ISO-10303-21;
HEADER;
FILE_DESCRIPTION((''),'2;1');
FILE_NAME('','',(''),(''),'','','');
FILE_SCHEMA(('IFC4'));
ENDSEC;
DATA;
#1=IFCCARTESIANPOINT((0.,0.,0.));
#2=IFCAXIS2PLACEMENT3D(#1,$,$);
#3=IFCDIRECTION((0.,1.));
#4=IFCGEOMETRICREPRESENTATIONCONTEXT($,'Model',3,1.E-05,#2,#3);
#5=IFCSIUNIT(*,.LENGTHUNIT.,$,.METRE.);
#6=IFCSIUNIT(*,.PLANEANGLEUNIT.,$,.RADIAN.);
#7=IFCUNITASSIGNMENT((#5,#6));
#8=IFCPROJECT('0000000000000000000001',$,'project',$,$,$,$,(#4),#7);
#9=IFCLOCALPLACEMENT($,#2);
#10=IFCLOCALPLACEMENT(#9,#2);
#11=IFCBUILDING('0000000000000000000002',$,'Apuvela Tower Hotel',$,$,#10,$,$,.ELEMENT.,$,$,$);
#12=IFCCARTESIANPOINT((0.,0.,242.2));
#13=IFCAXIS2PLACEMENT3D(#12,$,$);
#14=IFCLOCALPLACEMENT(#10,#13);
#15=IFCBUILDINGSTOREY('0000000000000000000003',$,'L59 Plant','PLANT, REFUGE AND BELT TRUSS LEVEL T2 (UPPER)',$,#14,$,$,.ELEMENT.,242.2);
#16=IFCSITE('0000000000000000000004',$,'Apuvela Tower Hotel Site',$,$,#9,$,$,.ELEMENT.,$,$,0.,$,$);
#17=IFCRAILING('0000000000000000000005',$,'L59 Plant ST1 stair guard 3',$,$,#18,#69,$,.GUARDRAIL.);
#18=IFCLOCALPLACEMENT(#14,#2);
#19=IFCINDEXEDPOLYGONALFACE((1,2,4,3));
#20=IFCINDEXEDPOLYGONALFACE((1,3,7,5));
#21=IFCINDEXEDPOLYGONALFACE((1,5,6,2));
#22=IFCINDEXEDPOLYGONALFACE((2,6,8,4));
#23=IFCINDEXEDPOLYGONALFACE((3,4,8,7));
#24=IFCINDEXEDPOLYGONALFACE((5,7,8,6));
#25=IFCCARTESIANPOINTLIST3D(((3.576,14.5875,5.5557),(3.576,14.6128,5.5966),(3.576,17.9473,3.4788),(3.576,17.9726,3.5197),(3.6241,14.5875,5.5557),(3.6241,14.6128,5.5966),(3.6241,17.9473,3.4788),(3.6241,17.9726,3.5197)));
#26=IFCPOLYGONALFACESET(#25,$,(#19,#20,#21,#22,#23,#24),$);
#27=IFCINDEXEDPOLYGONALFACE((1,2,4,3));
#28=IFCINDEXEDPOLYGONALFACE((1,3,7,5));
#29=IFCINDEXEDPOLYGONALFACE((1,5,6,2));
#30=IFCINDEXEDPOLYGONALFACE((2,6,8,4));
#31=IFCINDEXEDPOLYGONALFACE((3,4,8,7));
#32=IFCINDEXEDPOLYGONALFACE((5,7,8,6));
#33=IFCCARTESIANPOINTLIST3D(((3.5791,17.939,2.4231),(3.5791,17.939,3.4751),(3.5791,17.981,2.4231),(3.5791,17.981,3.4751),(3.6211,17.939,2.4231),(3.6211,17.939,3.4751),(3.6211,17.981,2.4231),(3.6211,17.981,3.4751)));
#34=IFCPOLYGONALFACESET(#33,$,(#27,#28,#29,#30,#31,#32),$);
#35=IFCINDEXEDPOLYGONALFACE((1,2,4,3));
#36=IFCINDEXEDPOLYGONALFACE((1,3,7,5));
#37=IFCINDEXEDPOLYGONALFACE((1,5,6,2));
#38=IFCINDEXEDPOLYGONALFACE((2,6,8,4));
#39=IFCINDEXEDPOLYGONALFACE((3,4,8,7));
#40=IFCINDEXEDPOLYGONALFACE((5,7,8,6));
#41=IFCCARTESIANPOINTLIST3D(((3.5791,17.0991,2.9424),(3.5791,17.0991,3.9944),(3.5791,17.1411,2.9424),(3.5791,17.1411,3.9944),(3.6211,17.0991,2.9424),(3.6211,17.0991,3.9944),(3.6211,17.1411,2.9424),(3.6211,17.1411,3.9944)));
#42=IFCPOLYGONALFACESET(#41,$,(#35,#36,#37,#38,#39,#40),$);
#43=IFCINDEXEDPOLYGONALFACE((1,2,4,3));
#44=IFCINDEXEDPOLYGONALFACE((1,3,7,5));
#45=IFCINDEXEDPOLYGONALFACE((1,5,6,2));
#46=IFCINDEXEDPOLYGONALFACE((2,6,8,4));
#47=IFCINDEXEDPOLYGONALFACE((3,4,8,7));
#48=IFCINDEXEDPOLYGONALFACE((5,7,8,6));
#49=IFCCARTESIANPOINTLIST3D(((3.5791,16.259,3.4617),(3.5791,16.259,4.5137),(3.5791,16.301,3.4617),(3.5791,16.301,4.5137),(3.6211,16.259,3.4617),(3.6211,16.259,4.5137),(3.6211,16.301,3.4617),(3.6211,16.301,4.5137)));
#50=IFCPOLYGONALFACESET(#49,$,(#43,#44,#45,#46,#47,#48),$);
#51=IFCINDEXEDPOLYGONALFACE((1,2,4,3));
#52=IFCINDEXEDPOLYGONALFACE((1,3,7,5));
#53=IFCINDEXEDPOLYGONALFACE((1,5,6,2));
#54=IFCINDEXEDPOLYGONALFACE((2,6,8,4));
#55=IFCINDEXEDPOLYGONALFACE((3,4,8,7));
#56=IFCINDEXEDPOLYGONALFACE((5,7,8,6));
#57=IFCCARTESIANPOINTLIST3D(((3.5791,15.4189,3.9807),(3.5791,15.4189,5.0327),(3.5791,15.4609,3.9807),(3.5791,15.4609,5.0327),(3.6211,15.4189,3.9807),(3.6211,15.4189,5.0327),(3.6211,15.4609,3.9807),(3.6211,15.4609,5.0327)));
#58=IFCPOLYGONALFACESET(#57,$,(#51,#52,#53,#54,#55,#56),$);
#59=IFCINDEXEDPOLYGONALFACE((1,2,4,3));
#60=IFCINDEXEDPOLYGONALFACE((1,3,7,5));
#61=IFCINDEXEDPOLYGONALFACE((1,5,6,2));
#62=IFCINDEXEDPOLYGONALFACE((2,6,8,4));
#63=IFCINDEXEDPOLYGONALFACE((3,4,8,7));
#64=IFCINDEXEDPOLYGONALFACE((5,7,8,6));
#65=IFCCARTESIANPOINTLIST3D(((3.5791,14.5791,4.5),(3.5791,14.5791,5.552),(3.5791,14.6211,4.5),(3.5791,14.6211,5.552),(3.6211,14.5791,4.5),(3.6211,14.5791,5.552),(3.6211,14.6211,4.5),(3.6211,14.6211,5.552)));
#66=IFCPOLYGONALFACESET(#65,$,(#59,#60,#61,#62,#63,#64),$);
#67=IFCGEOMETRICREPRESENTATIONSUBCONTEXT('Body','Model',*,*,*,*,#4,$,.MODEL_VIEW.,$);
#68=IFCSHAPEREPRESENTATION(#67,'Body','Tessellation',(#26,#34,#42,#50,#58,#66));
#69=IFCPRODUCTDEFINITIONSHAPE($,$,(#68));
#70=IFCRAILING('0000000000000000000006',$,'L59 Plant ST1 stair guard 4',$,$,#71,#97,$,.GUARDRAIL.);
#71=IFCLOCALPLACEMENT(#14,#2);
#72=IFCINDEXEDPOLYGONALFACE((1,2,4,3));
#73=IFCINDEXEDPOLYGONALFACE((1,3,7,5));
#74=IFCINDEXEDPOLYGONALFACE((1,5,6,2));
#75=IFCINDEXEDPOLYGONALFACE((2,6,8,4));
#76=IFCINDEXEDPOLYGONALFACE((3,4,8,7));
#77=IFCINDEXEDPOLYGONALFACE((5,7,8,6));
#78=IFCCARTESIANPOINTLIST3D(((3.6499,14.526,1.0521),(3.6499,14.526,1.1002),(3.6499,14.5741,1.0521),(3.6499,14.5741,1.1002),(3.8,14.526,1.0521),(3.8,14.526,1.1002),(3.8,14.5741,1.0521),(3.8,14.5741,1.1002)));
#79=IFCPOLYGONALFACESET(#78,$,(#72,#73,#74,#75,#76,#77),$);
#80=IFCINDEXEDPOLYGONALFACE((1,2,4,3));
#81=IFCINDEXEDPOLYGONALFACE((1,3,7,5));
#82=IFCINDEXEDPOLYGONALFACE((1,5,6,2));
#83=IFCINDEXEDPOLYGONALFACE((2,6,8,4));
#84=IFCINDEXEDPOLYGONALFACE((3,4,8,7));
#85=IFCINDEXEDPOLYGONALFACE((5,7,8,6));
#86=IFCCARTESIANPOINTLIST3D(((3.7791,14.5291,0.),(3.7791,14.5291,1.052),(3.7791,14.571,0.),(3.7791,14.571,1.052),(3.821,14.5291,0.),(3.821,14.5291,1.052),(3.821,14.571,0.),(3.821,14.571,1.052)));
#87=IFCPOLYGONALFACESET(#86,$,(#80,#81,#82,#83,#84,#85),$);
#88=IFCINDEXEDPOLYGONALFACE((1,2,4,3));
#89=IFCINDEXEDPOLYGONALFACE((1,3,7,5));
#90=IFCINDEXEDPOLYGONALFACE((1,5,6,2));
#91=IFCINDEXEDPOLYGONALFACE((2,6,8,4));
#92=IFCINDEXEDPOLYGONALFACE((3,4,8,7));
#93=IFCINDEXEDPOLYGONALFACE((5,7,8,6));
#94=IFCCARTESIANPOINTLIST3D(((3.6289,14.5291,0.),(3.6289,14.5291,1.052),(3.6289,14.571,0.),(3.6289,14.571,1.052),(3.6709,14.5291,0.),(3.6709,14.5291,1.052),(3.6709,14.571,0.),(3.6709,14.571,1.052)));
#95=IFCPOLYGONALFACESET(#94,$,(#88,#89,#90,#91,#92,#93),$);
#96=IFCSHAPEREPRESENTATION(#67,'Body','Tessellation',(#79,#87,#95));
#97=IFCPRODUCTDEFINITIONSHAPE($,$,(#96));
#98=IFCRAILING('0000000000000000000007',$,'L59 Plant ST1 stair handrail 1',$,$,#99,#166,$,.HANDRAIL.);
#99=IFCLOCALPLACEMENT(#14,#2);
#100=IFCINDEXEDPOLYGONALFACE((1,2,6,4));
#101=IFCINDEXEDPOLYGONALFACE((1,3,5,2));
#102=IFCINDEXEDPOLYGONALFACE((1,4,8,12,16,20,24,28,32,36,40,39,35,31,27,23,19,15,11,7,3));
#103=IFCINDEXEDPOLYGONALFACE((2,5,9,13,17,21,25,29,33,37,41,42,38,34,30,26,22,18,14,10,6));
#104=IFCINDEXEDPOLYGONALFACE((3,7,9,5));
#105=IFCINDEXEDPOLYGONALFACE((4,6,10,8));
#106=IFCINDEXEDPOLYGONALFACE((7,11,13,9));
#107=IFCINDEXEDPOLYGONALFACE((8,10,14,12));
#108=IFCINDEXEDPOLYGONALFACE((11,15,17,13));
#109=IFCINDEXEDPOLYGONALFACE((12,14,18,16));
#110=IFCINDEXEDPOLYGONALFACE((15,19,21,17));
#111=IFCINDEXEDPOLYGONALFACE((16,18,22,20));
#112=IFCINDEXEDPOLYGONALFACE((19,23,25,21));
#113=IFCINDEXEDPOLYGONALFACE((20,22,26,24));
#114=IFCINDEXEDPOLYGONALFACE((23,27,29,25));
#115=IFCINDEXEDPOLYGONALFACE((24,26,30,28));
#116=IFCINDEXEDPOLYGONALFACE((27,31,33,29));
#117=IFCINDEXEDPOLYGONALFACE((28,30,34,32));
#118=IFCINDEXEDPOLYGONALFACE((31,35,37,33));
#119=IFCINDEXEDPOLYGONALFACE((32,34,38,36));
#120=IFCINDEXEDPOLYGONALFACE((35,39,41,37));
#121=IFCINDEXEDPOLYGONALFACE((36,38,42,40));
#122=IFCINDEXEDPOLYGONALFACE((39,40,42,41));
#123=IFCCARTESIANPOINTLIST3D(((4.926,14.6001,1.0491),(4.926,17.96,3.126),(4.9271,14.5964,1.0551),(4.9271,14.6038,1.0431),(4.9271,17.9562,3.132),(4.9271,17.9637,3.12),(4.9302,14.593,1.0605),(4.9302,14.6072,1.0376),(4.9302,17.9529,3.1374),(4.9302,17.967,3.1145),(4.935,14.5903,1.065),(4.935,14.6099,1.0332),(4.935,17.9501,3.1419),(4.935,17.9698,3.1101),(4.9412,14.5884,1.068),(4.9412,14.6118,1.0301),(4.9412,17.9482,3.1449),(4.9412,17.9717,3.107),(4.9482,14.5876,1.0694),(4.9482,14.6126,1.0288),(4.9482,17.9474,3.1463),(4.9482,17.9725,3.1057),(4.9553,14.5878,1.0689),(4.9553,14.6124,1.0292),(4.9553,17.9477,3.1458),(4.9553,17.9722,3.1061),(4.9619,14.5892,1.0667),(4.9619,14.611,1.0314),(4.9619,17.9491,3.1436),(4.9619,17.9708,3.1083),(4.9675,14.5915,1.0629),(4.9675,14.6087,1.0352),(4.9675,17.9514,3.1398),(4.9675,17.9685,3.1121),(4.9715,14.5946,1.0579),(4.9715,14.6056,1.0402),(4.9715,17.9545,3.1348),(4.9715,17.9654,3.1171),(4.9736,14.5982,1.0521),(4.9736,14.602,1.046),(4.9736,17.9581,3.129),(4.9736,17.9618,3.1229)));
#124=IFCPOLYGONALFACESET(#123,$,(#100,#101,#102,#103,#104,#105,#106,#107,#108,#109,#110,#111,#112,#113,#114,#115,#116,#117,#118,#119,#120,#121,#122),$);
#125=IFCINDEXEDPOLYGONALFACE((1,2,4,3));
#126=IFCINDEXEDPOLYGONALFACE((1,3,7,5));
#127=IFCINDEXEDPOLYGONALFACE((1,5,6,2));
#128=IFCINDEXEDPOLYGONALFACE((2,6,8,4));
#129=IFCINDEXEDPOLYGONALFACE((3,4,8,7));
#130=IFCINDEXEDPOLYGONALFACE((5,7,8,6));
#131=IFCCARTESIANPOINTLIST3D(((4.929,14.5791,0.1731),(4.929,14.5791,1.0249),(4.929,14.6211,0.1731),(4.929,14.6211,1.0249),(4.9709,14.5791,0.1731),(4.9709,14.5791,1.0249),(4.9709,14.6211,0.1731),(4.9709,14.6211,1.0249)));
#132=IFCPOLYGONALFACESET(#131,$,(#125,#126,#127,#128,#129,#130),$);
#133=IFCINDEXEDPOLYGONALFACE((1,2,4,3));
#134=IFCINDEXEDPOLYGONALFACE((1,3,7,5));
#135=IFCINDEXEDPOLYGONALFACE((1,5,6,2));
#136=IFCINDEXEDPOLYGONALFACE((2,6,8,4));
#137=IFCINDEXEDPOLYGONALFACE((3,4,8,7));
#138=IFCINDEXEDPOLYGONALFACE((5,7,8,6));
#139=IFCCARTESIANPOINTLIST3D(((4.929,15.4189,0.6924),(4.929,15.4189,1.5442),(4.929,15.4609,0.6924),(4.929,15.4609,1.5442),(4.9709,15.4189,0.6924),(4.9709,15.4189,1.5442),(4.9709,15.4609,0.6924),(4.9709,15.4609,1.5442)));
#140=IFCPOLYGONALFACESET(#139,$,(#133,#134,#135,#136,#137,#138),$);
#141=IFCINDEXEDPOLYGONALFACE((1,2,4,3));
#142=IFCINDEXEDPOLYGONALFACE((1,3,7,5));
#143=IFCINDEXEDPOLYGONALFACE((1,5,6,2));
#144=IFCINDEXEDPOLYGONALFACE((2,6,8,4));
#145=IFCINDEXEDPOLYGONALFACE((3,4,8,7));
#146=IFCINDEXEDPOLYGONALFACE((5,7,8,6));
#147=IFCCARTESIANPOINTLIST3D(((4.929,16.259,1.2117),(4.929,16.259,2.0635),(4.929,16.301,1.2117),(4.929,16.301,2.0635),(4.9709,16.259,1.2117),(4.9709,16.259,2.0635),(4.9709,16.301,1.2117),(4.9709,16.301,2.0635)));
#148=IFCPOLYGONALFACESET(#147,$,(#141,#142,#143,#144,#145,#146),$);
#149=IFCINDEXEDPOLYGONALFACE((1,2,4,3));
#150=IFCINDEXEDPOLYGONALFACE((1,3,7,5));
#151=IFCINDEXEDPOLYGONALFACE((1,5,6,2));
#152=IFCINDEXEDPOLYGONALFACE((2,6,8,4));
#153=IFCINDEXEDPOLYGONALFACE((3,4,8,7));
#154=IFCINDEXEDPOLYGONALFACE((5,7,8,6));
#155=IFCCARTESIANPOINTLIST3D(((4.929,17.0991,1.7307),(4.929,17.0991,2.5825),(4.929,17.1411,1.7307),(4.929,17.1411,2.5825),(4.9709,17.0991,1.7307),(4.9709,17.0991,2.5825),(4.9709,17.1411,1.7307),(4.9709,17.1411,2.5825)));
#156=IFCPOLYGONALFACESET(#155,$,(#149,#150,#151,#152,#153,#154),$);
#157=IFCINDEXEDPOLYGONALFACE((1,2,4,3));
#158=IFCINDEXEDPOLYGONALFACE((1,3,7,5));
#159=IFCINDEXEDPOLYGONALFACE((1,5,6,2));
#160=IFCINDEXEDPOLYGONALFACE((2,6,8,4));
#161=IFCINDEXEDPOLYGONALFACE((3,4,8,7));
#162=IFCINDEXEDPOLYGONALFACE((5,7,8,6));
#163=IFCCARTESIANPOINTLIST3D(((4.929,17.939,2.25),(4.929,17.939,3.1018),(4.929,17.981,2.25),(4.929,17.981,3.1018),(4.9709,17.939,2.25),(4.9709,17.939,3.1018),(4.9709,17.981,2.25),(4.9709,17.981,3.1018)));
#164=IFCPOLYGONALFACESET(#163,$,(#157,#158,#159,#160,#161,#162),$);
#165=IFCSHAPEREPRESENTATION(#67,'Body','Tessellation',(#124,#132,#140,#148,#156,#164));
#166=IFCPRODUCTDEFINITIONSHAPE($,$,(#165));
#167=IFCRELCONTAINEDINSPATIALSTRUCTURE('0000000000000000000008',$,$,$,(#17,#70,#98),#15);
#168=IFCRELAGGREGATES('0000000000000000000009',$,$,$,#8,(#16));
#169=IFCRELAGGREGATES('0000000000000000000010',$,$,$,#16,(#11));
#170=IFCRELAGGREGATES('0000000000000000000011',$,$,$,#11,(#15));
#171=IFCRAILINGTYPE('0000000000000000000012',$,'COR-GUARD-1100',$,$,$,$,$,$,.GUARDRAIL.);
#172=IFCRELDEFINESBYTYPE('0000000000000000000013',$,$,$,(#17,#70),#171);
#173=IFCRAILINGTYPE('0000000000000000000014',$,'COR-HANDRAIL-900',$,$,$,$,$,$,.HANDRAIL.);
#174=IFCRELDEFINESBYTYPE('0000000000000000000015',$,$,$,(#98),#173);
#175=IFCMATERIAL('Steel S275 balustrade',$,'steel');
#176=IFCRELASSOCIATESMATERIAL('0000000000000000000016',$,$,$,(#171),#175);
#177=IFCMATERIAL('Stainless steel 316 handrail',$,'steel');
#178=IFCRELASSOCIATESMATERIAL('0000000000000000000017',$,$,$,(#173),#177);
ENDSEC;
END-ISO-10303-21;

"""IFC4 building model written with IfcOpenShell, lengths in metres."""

from ifc_helpers import new_model, si_unit, direction, frame, origin, origin_2d, place, context, subcontext, project, spatial, rectangle, circle, extrude, material, type_object, element, save


model = new_model("IFC4")

# Units and contexts
model_context = context("Model", 3, precision=1e-05, world=origin(), true_north=direction((0.0, 1.0)))
body_context = subcontext(model_context, "Body", "Model", "MODEL_VIEW")
ifc_project = project(units=[si_unit("LENGTHUNIT", "METRE"), si_unit("PLANEANGLEUNIT", "RADIAN")], contexts=[model_context])

# Site, building, storey
site_placement = place(None, origin())
site = spatial("IfcSite", under=ifc_project, at=site_placement, Name="Apuvela Tower Hotel Site", CompositionType="ELEMENT", RefElevation=0.0)
building_placement = place(site_placement, origin())
building = spatial("IfcBuilding", under=site, at=building_placement, Name="Apuvela Tower Hotel", CompositionType="ELEMENT")
storey_placement = place(building_placement, frame((0.0, 0.0, 242.2)))
storey = spatial("IfcBuildingStorey", under=building, at=storey_placement, Name="L59 Plant", Description="PLANT, REFUGE AND BELT TRUSS LEVEL T2 (UPPER)", CompositionType="ELEMENT", Elevation=242.2)

# Railings
ifc_material_1 = material(Name="Steel S275 balustrade", Category="steel")
railing_type_1 = type_object("IfcRailingType", Name="COR-GUARD-1100", PredefinedType="GUARDRAIL", material=ifc_material_1)
railing_1_placement = place(storey_placement, frame((3.6001, 17.96, 2.4231)))
element("IfcRailing", 1, at=railing_1_placement, inside=storey, type_object=railing_type_1, Name="L59 Plant ST1 stair guard 3", PredefinedType="GUARDRAIL", context=body_context, shape_type="SweptSolid", body=[
    extrude(rectangle(XDim=0.0481, YDim=0.0481, at=origin_2d()), frame((0.0, 0.0, 1.0762), z_axis=(0.0, -0.850606, 0.525803), x_axis=(1.0, 0.0, 0.0)), (0.0, 0.0, 1.0), 3.95),
    extrude(rectangle(XDim=0.042, YDim=0.042, at=origin_2d()), origin(), (0.0, 0.0, 1.0), 1.052),
    extrude(rectangle(XDim=0.042, YDim=0.042, at=origin_2d()), frame((0.0, -0.8398, 0.5193)), (0.0, 0.0, 1.0), 1.052),
    extrude(rectangle(XDim=0.042, YDim=0.042, at=origin_2d()), frame((0.0, -1.6799, 1.0386)), (0.0, 0.0, 1.0), 1.052),
    extrude(rectangle(XDim=0.042, YDim=0.042, at=origin_2d()), frame((0.0, -2.52, 1.5576)), (0.0, 0.0, 1.0), 1.052),
    extrude(rectangle(XDim=0.042, YDim=0.042, at=origin_2d()), frame((0.0, -3.3599, 2.0769)), (0.0, 0.0, 1.0), 1.052),
])
railing_2_placement = place(storey_placement, frame((3.8, 14.55, 0.0)))
element("IfcRailing", 2, at=railing_2_placement, inside=storey, type_object=railing_type_1, Name="L59 Plant ST1 stair guard 4", PredefinedType="GUARDRAIL", context=body_context, shape_type="SweptSolid", body=[
    extrude(rectangle(XDim=0.0481, YDim=0.0481, at=origin_2d()), frame((0.0, 0.0, 1.0762), z_axis=(-1.0, 0.0, 0.0), x_axis=(0.0, -1.0, 0.0)), (0.0, 0.0, 1.0), 0.1501),
    extrude(rectangle(XDim=0.042, YDim=0.042, at=origin_2d()), origin(), (0.0, 0.0, 1.0), 1.052),
    extrude(rectangle(XDim=0.042, YDim=0.042, at=origin_2d()), frame((-0.1501, 0.0, 0.0)), (0.0, 0.0, 1.0), 1.052),
])
ifc_material_2 = material(Name="Stainless steel 316 handrail", Category="steel")
railing_type_2 = type_object("IfcRailingType", Name="COR-HANDRAIL-900", PredefinedType="HANDRAIL", material=ifc_material_2)
railing_3_placement = place(storey_placement, frame((4.95, 14.6001, 0.1731)))
element("IfcRailing", 3, at=railing_3_placement, inside=storey, type_object=railing_type_2, Name="L59 Plant ST1 stair handrail 1", PredefinedType="HANDRAIL", context=body_context, shape_type="SweptSolid", body=[
    extrude(circle(Radius=0.0239, at=origin_2d()), frame((0.0, 0.0, 0.876), z_axis=(0.0, 0.850606, 0.525803), x_axis=(-1.0, 0.0, 0.0)), (0.0, 0.0, 1.0), 3.95),
    extrude(rectangle(XDim=0.042, YDim=0.042, at=origin_2d()), origin(), (0.0, 0.0, 1.0), 0.8518),
    extrude(rectangle(XDim=0.042, YDim=0.042, at=origin_2d()), frame((0.0, 0.8398, 0.5193)), (0.0, 0.0, 1.0), 0.8518),
    extrude(rectangle(XDim=0.042, YDim=0.042, at=origin_2d()), frame((0.0, 1.6799, 1.0386)), (0.0, 0.0, 1.0), 0.8518),
    extrude(rectangle(XDim=0.042, YDim=0.042, at=origin_2d()), frame((0.0, 2.52, 1.5576)), (0.0, 0.0, 1.0), 0.8518),
    extrude(rectangle(XDim=0.042, YDim=0.042, at=origin_2d()), frame((0.0, 3.3599, 2.0769)), (0.0, 0.0, 1.0), 0.8518),
])

save(model, "model.ifc")
